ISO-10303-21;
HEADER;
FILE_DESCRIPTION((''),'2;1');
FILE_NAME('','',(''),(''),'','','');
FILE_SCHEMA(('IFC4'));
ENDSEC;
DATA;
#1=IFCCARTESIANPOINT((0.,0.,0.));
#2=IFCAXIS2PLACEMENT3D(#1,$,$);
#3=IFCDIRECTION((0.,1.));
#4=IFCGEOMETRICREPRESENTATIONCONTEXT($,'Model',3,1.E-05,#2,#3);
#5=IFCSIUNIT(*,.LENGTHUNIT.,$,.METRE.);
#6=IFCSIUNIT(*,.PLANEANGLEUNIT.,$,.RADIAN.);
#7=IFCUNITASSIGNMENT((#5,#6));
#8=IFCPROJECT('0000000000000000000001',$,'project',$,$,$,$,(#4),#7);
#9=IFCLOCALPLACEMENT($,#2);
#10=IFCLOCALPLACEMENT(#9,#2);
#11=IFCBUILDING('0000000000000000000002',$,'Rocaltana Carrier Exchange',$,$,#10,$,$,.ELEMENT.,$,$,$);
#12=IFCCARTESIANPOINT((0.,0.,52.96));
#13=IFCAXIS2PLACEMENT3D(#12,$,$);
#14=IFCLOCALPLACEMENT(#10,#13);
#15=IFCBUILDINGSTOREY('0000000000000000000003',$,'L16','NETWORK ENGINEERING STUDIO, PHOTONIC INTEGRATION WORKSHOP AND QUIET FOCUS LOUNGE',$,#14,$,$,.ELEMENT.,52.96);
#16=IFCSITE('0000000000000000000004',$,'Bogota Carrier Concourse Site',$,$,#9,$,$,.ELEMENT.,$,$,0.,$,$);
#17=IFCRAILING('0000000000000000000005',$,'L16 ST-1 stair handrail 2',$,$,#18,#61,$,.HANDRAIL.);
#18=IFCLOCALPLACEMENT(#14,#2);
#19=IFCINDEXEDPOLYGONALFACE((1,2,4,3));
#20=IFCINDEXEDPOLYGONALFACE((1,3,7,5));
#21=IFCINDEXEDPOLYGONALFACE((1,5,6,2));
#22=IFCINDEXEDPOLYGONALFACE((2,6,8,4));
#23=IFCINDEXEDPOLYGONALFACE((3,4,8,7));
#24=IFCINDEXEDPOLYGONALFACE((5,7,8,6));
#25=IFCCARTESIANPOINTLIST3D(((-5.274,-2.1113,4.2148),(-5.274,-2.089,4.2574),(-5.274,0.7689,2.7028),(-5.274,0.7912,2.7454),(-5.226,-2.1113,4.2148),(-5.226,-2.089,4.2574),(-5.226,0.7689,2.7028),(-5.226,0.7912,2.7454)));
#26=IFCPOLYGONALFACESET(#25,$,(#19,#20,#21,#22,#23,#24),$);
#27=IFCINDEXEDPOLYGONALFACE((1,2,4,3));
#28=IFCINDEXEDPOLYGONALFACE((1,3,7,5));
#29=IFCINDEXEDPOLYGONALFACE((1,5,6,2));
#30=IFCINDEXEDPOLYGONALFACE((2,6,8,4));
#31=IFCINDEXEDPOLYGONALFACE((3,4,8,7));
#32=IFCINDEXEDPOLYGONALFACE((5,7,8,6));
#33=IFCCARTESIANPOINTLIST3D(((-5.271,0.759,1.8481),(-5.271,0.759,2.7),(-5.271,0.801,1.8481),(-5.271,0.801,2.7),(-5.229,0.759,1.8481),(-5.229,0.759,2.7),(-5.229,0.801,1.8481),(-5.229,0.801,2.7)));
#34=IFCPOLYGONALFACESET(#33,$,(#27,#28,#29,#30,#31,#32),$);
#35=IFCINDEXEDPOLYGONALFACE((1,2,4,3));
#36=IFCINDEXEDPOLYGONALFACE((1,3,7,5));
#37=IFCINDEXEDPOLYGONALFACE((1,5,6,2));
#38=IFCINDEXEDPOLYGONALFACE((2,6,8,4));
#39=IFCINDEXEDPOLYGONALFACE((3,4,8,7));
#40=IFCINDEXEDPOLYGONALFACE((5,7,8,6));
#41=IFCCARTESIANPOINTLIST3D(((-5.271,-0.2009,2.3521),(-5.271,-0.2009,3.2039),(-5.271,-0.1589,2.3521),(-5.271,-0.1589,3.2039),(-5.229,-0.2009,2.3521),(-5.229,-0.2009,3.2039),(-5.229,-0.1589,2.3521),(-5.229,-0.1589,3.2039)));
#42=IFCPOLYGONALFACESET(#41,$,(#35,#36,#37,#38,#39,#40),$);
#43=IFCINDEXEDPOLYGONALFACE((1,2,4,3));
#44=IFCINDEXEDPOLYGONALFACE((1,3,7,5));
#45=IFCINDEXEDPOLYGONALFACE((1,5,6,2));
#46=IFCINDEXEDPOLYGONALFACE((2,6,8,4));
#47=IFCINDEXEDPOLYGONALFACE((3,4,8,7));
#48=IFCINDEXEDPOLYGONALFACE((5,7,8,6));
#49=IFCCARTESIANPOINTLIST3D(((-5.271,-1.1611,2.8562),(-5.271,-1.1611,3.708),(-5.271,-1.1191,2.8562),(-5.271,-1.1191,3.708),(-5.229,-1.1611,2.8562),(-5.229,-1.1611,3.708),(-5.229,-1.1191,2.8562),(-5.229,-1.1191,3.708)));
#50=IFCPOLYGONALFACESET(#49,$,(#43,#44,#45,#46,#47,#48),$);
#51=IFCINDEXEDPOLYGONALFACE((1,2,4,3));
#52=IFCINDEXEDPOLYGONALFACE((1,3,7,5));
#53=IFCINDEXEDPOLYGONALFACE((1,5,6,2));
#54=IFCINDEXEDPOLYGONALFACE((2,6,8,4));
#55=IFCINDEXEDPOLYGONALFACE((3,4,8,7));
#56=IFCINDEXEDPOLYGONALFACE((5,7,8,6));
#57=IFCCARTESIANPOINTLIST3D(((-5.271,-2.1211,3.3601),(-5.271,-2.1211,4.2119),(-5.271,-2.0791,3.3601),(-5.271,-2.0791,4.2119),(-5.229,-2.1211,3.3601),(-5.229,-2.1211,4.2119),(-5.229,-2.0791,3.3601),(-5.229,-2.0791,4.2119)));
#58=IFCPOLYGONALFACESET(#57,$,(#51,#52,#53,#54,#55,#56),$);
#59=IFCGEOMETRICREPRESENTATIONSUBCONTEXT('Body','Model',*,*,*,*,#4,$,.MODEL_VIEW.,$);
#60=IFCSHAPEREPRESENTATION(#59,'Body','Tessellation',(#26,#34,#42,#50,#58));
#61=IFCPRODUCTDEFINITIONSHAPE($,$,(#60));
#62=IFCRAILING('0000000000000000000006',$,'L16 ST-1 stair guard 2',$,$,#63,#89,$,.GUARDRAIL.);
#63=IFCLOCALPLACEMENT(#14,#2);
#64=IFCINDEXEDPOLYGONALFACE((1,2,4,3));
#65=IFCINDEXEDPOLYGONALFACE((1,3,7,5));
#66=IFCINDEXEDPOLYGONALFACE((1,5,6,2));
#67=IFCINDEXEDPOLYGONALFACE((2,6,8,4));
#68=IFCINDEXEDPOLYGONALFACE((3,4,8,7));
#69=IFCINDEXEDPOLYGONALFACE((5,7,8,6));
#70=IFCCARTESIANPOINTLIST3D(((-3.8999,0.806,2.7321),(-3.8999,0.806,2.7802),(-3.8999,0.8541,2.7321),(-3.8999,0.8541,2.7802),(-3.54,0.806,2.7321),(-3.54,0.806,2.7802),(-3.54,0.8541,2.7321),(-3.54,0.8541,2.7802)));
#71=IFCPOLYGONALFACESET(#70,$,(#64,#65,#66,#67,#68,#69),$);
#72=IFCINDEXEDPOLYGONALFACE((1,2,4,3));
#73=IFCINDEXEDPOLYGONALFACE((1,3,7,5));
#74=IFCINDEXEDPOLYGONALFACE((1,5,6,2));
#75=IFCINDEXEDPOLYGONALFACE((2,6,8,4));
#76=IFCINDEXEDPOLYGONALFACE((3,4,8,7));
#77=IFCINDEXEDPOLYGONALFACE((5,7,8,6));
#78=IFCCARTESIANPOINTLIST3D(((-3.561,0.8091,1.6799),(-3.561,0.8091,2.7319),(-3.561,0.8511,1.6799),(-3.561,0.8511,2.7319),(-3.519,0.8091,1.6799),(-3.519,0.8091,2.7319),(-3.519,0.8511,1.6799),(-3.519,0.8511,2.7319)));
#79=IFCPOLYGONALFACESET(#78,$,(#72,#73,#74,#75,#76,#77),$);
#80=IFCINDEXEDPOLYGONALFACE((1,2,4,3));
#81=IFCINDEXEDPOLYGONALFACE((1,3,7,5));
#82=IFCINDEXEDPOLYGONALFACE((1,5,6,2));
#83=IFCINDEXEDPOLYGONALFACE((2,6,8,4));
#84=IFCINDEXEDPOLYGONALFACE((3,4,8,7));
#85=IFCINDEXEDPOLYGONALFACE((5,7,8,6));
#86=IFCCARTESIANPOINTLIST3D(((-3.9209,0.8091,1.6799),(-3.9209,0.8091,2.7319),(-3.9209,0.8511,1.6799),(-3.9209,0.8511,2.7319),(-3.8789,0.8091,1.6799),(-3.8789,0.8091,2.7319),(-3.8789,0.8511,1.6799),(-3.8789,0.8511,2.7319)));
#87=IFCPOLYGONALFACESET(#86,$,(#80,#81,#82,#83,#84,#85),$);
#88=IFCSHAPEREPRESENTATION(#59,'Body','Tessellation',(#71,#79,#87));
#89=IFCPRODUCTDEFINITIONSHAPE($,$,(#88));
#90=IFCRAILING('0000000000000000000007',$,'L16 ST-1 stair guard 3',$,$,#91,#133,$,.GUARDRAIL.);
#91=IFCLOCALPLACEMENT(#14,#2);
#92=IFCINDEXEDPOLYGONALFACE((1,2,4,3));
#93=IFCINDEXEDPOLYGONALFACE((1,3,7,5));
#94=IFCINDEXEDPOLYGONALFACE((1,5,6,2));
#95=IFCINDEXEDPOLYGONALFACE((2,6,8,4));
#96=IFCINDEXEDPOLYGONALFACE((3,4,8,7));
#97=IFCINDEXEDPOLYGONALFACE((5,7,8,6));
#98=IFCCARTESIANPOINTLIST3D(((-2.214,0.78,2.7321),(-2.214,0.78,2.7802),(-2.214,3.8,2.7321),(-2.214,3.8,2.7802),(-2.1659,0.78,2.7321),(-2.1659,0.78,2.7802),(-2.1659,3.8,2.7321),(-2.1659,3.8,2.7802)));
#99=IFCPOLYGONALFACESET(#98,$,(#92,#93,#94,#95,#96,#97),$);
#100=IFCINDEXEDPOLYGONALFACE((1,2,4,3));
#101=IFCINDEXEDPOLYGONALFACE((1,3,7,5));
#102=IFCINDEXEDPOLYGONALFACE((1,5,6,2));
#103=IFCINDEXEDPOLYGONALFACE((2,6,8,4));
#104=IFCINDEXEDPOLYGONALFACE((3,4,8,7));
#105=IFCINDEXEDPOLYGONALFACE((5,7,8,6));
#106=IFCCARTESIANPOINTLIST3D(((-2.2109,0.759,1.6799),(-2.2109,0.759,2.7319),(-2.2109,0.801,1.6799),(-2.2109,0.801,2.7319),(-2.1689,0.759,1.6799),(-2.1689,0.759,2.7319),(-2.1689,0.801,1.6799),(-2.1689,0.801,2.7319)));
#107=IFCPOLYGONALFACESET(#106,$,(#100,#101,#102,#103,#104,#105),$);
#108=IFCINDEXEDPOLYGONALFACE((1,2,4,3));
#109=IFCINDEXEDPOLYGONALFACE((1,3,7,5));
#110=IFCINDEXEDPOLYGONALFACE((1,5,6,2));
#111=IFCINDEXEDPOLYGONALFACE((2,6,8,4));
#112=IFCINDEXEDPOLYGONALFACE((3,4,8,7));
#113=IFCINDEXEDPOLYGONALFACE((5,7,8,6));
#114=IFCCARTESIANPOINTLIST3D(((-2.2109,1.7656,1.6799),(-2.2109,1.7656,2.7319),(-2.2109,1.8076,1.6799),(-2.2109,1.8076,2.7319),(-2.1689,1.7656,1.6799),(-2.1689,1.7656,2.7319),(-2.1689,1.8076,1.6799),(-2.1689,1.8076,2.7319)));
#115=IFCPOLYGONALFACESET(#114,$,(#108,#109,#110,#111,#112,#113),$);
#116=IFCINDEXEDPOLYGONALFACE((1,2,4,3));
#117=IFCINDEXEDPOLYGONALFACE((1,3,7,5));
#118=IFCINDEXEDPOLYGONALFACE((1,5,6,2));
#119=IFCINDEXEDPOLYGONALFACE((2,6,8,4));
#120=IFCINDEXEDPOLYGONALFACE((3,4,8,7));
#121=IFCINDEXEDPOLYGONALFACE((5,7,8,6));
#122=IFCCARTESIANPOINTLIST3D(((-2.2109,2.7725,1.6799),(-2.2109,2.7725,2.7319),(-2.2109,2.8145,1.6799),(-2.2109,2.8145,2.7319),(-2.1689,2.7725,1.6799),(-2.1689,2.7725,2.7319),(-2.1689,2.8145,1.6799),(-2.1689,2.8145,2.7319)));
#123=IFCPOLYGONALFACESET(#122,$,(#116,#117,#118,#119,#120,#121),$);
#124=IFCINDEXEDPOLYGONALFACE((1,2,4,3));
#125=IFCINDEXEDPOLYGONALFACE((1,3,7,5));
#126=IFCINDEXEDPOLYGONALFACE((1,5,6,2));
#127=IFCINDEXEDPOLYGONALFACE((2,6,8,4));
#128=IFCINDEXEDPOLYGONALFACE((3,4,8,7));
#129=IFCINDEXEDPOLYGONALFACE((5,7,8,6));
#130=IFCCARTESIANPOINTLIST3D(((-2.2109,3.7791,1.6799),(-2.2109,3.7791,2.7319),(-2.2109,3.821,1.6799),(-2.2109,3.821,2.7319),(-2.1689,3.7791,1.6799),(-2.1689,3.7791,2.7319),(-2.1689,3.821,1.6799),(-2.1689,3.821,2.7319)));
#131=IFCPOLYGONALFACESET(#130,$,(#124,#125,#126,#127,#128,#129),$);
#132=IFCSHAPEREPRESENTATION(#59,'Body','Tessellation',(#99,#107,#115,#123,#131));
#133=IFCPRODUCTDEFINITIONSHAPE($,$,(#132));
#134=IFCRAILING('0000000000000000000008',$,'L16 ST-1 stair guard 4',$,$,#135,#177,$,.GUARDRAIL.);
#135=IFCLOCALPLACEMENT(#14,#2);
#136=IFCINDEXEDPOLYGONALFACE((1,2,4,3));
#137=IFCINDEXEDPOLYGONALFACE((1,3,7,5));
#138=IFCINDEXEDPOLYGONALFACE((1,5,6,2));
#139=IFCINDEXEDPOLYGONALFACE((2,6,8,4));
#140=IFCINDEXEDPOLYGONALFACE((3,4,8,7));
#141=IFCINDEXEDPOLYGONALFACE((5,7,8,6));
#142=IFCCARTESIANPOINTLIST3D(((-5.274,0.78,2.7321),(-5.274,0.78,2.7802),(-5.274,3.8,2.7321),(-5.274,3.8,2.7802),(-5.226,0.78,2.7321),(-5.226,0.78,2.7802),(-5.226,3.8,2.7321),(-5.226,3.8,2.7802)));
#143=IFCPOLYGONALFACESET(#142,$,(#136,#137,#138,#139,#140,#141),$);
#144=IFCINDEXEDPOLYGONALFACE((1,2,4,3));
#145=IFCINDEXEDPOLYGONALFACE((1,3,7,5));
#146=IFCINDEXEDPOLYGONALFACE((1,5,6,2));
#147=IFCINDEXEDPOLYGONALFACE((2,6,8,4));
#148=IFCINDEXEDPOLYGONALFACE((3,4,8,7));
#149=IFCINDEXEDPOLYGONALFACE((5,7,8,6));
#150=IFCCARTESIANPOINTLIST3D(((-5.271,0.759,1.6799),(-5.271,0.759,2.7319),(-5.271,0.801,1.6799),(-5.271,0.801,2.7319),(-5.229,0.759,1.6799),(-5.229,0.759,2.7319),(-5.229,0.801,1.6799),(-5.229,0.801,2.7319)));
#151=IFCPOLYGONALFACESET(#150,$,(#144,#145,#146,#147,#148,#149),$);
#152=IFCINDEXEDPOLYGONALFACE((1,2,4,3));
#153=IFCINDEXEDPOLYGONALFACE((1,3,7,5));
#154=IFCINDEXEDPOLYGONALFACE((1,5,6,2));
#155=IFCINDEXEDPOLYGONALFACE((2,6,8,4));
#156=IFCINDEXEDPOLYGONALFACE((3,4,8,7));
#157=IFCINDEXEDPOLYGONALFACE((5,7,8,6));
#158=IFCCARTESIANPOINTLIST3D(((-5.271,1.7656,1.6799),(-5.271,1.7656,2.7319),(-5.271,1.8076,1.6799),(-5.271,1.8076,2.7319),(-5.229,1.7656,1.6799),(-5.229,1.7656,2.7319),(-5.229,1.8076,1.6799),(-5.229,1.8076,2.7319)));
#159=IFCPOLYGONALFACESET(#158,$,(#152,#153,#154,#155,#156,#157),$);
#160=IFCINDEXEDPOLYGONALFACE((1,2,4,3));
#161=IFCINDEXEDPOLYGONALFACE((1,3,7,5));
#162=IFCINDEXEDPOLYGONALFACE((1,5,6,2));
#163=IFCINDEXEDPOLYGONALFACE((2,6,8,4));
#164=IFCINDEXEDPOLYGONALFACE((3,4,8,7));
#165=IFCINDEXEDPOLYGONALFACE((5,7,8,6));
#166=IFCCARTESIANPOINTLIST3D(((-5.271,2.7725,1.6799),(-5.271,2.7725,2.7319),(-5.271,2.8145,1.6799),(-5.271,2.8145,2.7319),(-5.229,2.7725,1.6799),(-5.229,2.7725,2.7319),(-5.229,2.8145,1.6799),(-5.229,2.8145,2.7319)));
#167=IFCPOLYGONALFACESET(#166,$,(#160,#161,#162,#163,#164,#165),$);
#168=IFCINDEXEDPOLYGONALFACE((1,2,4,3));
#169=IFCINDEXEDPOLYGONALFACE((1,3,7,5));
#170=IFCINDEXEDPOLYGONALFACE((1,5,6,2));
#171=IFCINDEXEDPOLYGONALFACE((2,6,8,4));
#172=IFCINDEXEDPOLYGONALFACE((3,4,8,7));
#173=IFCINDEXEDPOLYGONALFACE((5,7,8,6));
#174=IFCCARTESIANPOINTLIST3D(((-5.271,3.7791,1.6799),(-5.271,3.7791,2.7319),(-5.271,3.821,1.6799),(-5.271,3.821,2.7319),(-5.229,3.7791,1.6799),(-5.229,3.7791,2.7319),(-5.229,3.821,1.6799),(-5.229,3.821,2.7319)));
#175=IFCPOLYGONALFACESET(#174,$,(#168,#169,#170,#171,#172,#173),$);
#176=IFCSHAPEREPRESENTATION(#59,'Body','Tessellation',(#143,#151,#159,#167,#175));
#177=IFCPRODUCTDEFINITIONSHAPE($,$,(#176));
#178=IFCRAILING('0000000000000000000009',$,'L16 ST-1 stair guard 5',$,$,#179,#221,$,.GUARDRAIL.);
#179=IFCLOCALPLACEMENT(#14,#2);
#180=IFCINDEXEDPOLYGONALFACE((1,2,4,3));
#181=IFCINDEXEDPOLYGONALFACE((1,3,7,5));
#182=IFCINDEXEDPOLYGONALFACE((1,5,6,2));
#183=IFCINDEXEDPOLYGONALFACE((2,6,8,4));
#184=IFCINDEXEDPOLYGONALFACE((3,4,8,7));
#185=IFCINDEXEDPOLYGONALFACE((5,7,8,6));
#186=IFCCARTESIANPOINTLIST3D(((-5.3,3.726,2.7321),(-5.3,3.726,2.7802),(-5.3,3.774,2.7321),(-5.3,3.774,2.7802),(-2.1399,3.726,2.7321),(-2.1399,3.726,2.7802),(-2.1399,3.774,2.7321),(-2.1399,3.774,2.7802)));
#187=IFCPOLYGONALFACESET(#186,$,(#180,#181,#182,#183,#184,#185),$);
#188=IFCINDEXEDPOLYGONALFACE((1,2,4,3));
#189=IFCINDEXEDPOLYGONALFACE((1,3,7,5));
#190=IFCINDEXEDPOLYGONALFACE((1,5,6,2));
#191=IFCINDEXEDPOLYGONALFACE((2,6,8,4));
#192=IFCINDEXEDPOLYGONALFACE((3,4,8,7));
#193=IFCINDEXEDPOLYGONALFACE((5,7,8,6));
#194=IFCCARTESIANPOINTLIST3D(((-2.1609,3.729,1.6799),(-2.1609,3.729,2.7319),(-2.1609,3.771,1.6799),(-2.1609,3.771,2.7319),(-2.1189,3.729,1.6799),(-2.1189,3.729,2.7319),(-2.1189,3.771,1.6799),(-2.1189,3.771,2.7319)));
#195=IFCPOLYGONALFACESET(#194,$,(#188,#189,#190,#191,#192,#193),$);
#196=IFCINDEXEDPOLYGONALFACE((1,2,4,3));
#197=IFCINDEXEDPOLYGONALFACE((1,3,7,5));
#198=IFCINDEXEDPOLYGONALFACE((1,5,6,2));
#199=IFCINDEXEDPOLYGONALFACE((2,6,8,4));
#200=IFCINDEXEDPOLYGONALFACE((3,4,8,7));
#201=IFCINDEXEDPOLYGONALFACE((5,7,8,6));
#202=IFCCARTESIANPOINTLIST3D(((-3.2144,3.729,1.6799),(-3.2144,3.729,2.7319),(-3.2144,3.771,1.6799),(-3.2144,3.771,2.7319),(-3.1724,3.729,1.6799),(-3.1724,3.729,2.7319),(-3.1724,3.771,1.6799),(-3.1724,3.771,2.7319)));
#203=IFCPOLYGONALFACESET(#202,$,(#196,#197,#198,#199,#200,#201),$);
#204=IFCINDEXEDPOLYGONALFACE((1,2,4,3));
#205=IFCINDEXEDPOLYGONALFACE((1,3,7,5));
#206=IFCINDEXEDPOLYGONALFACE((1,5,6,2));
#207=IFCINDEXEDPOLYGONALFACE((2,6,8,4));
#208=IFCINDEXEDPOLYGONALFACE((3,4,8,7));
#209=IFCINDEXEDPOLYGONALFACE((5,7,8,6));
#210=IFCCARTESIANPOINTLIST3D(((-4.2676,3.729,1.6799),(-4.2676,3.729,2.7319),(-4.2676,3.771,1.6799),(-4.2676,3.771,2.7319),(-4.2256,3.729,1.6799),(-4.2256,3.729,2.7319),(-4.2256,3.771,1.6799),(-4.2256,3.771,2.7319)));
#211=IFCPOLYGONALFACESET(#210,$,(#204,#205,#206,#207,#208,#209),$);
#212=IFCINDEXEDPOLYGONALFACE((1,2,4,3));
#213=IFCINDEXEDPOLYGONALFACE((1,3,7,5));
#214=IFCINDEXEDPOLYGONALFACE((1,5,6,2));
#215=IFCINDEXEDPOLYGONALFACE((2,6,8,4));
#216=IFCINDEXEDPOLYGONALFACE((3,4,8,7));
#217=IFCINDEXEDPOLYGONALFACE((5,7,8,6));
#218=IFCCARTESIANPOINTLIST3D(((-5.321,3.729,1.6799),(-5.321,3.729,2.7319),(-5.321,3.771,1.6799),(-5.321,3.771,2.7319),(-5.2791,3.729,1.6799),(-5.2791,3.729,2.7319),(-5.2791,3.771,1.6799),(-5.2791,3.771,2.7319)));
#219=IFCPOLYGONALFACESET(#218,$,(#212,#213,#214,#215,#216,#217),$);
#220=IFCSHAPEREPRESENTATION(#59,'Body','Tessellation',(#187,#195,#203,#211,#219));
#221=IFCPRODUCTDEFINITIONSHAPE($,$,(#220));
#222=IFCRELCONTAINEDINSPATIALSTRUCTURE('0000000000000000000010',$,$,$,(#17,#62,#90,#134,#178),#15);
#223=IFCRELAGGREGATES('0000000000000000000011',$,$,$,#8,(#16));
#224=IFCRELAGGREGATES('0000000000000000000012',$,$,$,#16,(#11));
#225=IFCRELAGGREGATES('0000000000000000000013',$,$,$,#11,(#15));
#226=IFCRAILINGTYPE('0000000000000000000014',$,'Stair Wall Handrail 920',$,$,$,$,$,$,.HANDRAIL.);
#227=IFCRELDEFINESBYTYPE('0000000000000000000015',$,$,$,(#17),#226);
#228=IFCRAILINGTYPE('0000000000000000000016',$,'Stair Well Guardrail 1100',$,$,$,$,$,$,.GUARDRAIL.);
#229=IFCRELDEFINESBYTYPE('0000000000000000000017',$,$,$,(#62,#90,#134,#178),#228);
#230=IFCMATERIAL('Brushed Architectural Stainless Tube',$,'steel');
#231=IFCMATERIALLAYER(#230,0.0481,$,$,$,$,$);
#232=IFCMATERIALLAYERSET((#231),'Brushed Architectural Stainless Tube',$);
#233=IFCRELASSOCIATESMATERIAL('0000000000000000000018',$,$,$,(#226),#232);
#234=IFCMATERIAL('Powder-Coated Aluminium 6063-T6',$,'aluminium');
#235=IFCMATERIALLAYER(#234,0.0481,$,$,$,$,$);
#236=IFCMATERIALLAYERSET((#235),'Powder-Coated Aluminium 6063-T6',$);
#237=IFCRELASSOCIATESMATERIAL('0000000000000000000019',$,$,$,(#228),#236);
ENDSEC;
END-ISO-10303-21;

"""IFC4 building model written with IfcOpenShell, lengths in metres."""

from ifc_helpers import new_model, si_unit, direction, frame, origin, origin_2d, place, context, subcontext, project, spatial, rectangle, extrude, material, layer, layer_set, type_object, element, save


model = new_model("IFC4")

# Units and contexts
model_context = context("Model", 3, precision=1e-05, world=origin(), true_north=direction((0.0, 1.0)))
body_context = subcontext(model_context, "Body", "Model", "MODEL_VIEW")
ifc_project = project(units=[si_unit("LENGTHUNIT", "METRE"), si_unit("PLANEANGLEUNIT", "RADIAN")], contexts=[model_context])

# Site, building, storey
site_placement = place(None, origin())
site = spatial("IfcSite", under=ifc_project, at=site_placement, Name="Bogota Carrier Concourse Site", CompositionType="ELEMENT", RefElevation=0.0)
building_placement = place(site_placement, origin())
building = spatial("IfcBuilding", under=site, at=building_placement, Name="Rocaltana Carrier Exchange", CompositionType="ELEMENT")
storey_placement = place(building_placement, frame((0.0, 0.0, 52.96)))
storey = spatial("IfcBuildingStorey", under=building, at=storey_placement, Name="L16", Description="NETWORK ENGINEERING STUDIO, PHOTONIC INTEGRATION WORKSHOP AND QUIET FOCUS LOUNGE", CompositionType="ELEMENT", Elevation=52.96)

# Railings
ifc_material_1 = material(Name="Brushed Architectural Stainless Tube", Category="steel")
ifc_layer_1 = layer(ifc_material_1, 0.0481)
ifc_layer_set_1 = layer_set([ifc_layer_1], Name="Brushed Architectural Stainless Tube")
railing_type_1 = type_object("IfcRailingType", Name="Stair Wall Handrail 920", PredefinedType="HANDRAIL", material=ifc_layer_set_1)
railing_1_placement = place(storey_placement, frame((-5.25, 0.78, 1.8481)))
element("IfcRailing", 1, at=railing_1_placement, inside=storey, type_object=railing_type_1, Name="L16 ST-1 stair handrail 2", PredefinedType="HANDRAIL", context=body_context, shape_type="SweptSolid", body=[
    extrude(rectangle(XDim=0.0481, YDim=0.0481, at=origin_2d()), frame((0.0, 0.0, 0.876), z_axis=(0.0, -0.885411, 0.464809), x_axis=(1.0, 0.0, 0.0)), (0.0, 0.0, 1.0), 3.2529),
    extrude(rectangle(XDim=0.042, YDim=0.042, at=origin_2d()), origin(), (0.0, 0.0, 1.0), 0.8518),
    extrude(rectangle(XDim=0.042, YDim=0.042, at=origin_2d()), frame((0.0, -0.96, 0.5039)), (0.0, 0.0, 1.0), 0.8518),
    extrude(rectangle(XDim=0.042, YDim=0.042, at=origin_2d()), frame((0.0, -1.9202, 1.0081)), (0.0, 0.0, 1.0), 0.8518),
    extrude(rectangle(XDim=0.042, YDim=0.042, at=origin_2d()), frame((0.0, -2.8801, 1.512)), (0.0, 0.0, 1.0), 0.8518),
])
ifc_material_2 = material(Name="Powder-Coated Aluminium 6063-T6", Category="aluminium")
ifc_layer_2 = layer(ifc_material_2, 0.0481)
ifc_layer_set_2 = layer_set([ifc_layer_2], Name="Powder-Coated Aluminium 6063-T6")
railing_type_2 = type_object("IfcRailingType", Name="Stair Well Guardrail 1100", PredefinedType="GUARDRAIL", material=ifc_layer_set_2)
railing_2_placement = place(storey_placement, frame((-3.54, 0.8301, 1.6799)))
element("IfcRailing", 2, at=railing_2_placement, inside=storey, type_object=railing_type_2, Name="L16 ST-1 stair guard 2", PredefinedType="GUARDRAIL", context=body_context, shape_type="SweptSolid", body=[
    extrude(rectangle(XDim=0.0481, YDim=0.0481, at=origin_2d()), frame((0.0, 0.0, 1.0762), z_axis=(-1.0, 0.0, 0.0), x_axis=(0.0, -1.0, 0.0)), (0.0, 0.0, 1.0), 0.3599),
    extrude(rectangle(XDim=0.042, YDim=0.042, at=origin_2d()), origin(), (0.0, 0.0, 1.0), 1.052),
    extrude(rectangle(XDim=0.042, YDim=0.042, at=origin_2d()), frame((-0.3599, 0.0, 0.0)), (0.0, 0.0, 1.0), 1.052),
])
for number, where, name in (
    (3, (-2.1899, 0.78, 1.6799), "L16 ST-1 stair guard 3"),
    (4, (-5.25, 0.78, 1.6799), "L16 ST-1 stair guard 4"),
):
    element("IfcRailing", number, at=place(storey_placement, frame(where)), inside=storey, type_object=railing_type_2, Name=name, PredefinedType="GUARDRAIL", context=body_context, shape_type="SweptSolid", body=[
        extrude(rectangle(XDim=0.0481, YDim=0.0481, at=origin_2d()), frame((0.0, 0.0, 1.0762), z_axis=(0.0, 1.0, 0.0), x_axis=(-1.0, 0.0, 0.0)), (0.0, 0.0, 1.0), 3.02),
        extrude(rectangle(XDim=0.042, YDim=0.042, at=origin_2d()), origin(), (0.0, 0.0, 1.0), 1.052),
        extrude(rectangle(XDim=0.042, YDim=0.042, at=origin_2d()), frame((0.0, 1.0066, 0.0)), (0.0, 0.0, 1.0), 1.052),
        extrude(rectangle(XDim=0.042, YDim=0.042, at=origin_2d()), frame((0.0, 2.0134, 0.0)), (0.0, 0.0, 1.0), 1.052),
        extrude(rectangle(XDim=0.042, YDim=0.042, at=origin_2d()), frame((0.0, 3.02, 0.0)), (0.0, 0.0, 1.0), 1.052),
    ])
railing_3_placement = place(storey_placement, frame((-2.1399, 3.75, 1.6799)))
element("IfcRailing", 5, at=railing_3_placement, inside=storey, type_object=railing_type_2, Name="L16 ST-1 stair guard 5", PredefinedType="GUARDRAIL", context=body_context, shape_type="SweptSolid", body=[
    extrude(rectangle(XDim=0.0481, YDim=0.0481, at=origin_2d()), frame((0.0, 0.0, 1.0762), z_axis=(-1.0, 0.0, 0.0), x_axis=(0.0, -1.0, 0.0)), (0.0, 0.0, 1.0), 3.1602),
    extrude(rectangle(XDim=0.042, YDim=0.042, at=origin_2d()), origin(), (0.0, 0.0, 1.0), 1.052),
    extrude(rectangle(XDim=0.042, YDim=0.042, at=origin_2d()), frame((-1.0535, 0.0, 0.0)), (0.0, 0.0, 1.0), 1.052),
    extrude(rectangle(XDim=0.042, YDim=0.042, at=origin_2d()), frame((-2.1067, 0.0, 0.0)), (0.0, 0.0, 1.0), 1.052),
    extrude(rectangle(XDim=0.042, YDim=0.042, at=origin_2d()), frame((-3.1602, 0.0, 0.0)), (0.0, 0.0, 1.0), 1.052),
])

save(model, "model.ifc")
